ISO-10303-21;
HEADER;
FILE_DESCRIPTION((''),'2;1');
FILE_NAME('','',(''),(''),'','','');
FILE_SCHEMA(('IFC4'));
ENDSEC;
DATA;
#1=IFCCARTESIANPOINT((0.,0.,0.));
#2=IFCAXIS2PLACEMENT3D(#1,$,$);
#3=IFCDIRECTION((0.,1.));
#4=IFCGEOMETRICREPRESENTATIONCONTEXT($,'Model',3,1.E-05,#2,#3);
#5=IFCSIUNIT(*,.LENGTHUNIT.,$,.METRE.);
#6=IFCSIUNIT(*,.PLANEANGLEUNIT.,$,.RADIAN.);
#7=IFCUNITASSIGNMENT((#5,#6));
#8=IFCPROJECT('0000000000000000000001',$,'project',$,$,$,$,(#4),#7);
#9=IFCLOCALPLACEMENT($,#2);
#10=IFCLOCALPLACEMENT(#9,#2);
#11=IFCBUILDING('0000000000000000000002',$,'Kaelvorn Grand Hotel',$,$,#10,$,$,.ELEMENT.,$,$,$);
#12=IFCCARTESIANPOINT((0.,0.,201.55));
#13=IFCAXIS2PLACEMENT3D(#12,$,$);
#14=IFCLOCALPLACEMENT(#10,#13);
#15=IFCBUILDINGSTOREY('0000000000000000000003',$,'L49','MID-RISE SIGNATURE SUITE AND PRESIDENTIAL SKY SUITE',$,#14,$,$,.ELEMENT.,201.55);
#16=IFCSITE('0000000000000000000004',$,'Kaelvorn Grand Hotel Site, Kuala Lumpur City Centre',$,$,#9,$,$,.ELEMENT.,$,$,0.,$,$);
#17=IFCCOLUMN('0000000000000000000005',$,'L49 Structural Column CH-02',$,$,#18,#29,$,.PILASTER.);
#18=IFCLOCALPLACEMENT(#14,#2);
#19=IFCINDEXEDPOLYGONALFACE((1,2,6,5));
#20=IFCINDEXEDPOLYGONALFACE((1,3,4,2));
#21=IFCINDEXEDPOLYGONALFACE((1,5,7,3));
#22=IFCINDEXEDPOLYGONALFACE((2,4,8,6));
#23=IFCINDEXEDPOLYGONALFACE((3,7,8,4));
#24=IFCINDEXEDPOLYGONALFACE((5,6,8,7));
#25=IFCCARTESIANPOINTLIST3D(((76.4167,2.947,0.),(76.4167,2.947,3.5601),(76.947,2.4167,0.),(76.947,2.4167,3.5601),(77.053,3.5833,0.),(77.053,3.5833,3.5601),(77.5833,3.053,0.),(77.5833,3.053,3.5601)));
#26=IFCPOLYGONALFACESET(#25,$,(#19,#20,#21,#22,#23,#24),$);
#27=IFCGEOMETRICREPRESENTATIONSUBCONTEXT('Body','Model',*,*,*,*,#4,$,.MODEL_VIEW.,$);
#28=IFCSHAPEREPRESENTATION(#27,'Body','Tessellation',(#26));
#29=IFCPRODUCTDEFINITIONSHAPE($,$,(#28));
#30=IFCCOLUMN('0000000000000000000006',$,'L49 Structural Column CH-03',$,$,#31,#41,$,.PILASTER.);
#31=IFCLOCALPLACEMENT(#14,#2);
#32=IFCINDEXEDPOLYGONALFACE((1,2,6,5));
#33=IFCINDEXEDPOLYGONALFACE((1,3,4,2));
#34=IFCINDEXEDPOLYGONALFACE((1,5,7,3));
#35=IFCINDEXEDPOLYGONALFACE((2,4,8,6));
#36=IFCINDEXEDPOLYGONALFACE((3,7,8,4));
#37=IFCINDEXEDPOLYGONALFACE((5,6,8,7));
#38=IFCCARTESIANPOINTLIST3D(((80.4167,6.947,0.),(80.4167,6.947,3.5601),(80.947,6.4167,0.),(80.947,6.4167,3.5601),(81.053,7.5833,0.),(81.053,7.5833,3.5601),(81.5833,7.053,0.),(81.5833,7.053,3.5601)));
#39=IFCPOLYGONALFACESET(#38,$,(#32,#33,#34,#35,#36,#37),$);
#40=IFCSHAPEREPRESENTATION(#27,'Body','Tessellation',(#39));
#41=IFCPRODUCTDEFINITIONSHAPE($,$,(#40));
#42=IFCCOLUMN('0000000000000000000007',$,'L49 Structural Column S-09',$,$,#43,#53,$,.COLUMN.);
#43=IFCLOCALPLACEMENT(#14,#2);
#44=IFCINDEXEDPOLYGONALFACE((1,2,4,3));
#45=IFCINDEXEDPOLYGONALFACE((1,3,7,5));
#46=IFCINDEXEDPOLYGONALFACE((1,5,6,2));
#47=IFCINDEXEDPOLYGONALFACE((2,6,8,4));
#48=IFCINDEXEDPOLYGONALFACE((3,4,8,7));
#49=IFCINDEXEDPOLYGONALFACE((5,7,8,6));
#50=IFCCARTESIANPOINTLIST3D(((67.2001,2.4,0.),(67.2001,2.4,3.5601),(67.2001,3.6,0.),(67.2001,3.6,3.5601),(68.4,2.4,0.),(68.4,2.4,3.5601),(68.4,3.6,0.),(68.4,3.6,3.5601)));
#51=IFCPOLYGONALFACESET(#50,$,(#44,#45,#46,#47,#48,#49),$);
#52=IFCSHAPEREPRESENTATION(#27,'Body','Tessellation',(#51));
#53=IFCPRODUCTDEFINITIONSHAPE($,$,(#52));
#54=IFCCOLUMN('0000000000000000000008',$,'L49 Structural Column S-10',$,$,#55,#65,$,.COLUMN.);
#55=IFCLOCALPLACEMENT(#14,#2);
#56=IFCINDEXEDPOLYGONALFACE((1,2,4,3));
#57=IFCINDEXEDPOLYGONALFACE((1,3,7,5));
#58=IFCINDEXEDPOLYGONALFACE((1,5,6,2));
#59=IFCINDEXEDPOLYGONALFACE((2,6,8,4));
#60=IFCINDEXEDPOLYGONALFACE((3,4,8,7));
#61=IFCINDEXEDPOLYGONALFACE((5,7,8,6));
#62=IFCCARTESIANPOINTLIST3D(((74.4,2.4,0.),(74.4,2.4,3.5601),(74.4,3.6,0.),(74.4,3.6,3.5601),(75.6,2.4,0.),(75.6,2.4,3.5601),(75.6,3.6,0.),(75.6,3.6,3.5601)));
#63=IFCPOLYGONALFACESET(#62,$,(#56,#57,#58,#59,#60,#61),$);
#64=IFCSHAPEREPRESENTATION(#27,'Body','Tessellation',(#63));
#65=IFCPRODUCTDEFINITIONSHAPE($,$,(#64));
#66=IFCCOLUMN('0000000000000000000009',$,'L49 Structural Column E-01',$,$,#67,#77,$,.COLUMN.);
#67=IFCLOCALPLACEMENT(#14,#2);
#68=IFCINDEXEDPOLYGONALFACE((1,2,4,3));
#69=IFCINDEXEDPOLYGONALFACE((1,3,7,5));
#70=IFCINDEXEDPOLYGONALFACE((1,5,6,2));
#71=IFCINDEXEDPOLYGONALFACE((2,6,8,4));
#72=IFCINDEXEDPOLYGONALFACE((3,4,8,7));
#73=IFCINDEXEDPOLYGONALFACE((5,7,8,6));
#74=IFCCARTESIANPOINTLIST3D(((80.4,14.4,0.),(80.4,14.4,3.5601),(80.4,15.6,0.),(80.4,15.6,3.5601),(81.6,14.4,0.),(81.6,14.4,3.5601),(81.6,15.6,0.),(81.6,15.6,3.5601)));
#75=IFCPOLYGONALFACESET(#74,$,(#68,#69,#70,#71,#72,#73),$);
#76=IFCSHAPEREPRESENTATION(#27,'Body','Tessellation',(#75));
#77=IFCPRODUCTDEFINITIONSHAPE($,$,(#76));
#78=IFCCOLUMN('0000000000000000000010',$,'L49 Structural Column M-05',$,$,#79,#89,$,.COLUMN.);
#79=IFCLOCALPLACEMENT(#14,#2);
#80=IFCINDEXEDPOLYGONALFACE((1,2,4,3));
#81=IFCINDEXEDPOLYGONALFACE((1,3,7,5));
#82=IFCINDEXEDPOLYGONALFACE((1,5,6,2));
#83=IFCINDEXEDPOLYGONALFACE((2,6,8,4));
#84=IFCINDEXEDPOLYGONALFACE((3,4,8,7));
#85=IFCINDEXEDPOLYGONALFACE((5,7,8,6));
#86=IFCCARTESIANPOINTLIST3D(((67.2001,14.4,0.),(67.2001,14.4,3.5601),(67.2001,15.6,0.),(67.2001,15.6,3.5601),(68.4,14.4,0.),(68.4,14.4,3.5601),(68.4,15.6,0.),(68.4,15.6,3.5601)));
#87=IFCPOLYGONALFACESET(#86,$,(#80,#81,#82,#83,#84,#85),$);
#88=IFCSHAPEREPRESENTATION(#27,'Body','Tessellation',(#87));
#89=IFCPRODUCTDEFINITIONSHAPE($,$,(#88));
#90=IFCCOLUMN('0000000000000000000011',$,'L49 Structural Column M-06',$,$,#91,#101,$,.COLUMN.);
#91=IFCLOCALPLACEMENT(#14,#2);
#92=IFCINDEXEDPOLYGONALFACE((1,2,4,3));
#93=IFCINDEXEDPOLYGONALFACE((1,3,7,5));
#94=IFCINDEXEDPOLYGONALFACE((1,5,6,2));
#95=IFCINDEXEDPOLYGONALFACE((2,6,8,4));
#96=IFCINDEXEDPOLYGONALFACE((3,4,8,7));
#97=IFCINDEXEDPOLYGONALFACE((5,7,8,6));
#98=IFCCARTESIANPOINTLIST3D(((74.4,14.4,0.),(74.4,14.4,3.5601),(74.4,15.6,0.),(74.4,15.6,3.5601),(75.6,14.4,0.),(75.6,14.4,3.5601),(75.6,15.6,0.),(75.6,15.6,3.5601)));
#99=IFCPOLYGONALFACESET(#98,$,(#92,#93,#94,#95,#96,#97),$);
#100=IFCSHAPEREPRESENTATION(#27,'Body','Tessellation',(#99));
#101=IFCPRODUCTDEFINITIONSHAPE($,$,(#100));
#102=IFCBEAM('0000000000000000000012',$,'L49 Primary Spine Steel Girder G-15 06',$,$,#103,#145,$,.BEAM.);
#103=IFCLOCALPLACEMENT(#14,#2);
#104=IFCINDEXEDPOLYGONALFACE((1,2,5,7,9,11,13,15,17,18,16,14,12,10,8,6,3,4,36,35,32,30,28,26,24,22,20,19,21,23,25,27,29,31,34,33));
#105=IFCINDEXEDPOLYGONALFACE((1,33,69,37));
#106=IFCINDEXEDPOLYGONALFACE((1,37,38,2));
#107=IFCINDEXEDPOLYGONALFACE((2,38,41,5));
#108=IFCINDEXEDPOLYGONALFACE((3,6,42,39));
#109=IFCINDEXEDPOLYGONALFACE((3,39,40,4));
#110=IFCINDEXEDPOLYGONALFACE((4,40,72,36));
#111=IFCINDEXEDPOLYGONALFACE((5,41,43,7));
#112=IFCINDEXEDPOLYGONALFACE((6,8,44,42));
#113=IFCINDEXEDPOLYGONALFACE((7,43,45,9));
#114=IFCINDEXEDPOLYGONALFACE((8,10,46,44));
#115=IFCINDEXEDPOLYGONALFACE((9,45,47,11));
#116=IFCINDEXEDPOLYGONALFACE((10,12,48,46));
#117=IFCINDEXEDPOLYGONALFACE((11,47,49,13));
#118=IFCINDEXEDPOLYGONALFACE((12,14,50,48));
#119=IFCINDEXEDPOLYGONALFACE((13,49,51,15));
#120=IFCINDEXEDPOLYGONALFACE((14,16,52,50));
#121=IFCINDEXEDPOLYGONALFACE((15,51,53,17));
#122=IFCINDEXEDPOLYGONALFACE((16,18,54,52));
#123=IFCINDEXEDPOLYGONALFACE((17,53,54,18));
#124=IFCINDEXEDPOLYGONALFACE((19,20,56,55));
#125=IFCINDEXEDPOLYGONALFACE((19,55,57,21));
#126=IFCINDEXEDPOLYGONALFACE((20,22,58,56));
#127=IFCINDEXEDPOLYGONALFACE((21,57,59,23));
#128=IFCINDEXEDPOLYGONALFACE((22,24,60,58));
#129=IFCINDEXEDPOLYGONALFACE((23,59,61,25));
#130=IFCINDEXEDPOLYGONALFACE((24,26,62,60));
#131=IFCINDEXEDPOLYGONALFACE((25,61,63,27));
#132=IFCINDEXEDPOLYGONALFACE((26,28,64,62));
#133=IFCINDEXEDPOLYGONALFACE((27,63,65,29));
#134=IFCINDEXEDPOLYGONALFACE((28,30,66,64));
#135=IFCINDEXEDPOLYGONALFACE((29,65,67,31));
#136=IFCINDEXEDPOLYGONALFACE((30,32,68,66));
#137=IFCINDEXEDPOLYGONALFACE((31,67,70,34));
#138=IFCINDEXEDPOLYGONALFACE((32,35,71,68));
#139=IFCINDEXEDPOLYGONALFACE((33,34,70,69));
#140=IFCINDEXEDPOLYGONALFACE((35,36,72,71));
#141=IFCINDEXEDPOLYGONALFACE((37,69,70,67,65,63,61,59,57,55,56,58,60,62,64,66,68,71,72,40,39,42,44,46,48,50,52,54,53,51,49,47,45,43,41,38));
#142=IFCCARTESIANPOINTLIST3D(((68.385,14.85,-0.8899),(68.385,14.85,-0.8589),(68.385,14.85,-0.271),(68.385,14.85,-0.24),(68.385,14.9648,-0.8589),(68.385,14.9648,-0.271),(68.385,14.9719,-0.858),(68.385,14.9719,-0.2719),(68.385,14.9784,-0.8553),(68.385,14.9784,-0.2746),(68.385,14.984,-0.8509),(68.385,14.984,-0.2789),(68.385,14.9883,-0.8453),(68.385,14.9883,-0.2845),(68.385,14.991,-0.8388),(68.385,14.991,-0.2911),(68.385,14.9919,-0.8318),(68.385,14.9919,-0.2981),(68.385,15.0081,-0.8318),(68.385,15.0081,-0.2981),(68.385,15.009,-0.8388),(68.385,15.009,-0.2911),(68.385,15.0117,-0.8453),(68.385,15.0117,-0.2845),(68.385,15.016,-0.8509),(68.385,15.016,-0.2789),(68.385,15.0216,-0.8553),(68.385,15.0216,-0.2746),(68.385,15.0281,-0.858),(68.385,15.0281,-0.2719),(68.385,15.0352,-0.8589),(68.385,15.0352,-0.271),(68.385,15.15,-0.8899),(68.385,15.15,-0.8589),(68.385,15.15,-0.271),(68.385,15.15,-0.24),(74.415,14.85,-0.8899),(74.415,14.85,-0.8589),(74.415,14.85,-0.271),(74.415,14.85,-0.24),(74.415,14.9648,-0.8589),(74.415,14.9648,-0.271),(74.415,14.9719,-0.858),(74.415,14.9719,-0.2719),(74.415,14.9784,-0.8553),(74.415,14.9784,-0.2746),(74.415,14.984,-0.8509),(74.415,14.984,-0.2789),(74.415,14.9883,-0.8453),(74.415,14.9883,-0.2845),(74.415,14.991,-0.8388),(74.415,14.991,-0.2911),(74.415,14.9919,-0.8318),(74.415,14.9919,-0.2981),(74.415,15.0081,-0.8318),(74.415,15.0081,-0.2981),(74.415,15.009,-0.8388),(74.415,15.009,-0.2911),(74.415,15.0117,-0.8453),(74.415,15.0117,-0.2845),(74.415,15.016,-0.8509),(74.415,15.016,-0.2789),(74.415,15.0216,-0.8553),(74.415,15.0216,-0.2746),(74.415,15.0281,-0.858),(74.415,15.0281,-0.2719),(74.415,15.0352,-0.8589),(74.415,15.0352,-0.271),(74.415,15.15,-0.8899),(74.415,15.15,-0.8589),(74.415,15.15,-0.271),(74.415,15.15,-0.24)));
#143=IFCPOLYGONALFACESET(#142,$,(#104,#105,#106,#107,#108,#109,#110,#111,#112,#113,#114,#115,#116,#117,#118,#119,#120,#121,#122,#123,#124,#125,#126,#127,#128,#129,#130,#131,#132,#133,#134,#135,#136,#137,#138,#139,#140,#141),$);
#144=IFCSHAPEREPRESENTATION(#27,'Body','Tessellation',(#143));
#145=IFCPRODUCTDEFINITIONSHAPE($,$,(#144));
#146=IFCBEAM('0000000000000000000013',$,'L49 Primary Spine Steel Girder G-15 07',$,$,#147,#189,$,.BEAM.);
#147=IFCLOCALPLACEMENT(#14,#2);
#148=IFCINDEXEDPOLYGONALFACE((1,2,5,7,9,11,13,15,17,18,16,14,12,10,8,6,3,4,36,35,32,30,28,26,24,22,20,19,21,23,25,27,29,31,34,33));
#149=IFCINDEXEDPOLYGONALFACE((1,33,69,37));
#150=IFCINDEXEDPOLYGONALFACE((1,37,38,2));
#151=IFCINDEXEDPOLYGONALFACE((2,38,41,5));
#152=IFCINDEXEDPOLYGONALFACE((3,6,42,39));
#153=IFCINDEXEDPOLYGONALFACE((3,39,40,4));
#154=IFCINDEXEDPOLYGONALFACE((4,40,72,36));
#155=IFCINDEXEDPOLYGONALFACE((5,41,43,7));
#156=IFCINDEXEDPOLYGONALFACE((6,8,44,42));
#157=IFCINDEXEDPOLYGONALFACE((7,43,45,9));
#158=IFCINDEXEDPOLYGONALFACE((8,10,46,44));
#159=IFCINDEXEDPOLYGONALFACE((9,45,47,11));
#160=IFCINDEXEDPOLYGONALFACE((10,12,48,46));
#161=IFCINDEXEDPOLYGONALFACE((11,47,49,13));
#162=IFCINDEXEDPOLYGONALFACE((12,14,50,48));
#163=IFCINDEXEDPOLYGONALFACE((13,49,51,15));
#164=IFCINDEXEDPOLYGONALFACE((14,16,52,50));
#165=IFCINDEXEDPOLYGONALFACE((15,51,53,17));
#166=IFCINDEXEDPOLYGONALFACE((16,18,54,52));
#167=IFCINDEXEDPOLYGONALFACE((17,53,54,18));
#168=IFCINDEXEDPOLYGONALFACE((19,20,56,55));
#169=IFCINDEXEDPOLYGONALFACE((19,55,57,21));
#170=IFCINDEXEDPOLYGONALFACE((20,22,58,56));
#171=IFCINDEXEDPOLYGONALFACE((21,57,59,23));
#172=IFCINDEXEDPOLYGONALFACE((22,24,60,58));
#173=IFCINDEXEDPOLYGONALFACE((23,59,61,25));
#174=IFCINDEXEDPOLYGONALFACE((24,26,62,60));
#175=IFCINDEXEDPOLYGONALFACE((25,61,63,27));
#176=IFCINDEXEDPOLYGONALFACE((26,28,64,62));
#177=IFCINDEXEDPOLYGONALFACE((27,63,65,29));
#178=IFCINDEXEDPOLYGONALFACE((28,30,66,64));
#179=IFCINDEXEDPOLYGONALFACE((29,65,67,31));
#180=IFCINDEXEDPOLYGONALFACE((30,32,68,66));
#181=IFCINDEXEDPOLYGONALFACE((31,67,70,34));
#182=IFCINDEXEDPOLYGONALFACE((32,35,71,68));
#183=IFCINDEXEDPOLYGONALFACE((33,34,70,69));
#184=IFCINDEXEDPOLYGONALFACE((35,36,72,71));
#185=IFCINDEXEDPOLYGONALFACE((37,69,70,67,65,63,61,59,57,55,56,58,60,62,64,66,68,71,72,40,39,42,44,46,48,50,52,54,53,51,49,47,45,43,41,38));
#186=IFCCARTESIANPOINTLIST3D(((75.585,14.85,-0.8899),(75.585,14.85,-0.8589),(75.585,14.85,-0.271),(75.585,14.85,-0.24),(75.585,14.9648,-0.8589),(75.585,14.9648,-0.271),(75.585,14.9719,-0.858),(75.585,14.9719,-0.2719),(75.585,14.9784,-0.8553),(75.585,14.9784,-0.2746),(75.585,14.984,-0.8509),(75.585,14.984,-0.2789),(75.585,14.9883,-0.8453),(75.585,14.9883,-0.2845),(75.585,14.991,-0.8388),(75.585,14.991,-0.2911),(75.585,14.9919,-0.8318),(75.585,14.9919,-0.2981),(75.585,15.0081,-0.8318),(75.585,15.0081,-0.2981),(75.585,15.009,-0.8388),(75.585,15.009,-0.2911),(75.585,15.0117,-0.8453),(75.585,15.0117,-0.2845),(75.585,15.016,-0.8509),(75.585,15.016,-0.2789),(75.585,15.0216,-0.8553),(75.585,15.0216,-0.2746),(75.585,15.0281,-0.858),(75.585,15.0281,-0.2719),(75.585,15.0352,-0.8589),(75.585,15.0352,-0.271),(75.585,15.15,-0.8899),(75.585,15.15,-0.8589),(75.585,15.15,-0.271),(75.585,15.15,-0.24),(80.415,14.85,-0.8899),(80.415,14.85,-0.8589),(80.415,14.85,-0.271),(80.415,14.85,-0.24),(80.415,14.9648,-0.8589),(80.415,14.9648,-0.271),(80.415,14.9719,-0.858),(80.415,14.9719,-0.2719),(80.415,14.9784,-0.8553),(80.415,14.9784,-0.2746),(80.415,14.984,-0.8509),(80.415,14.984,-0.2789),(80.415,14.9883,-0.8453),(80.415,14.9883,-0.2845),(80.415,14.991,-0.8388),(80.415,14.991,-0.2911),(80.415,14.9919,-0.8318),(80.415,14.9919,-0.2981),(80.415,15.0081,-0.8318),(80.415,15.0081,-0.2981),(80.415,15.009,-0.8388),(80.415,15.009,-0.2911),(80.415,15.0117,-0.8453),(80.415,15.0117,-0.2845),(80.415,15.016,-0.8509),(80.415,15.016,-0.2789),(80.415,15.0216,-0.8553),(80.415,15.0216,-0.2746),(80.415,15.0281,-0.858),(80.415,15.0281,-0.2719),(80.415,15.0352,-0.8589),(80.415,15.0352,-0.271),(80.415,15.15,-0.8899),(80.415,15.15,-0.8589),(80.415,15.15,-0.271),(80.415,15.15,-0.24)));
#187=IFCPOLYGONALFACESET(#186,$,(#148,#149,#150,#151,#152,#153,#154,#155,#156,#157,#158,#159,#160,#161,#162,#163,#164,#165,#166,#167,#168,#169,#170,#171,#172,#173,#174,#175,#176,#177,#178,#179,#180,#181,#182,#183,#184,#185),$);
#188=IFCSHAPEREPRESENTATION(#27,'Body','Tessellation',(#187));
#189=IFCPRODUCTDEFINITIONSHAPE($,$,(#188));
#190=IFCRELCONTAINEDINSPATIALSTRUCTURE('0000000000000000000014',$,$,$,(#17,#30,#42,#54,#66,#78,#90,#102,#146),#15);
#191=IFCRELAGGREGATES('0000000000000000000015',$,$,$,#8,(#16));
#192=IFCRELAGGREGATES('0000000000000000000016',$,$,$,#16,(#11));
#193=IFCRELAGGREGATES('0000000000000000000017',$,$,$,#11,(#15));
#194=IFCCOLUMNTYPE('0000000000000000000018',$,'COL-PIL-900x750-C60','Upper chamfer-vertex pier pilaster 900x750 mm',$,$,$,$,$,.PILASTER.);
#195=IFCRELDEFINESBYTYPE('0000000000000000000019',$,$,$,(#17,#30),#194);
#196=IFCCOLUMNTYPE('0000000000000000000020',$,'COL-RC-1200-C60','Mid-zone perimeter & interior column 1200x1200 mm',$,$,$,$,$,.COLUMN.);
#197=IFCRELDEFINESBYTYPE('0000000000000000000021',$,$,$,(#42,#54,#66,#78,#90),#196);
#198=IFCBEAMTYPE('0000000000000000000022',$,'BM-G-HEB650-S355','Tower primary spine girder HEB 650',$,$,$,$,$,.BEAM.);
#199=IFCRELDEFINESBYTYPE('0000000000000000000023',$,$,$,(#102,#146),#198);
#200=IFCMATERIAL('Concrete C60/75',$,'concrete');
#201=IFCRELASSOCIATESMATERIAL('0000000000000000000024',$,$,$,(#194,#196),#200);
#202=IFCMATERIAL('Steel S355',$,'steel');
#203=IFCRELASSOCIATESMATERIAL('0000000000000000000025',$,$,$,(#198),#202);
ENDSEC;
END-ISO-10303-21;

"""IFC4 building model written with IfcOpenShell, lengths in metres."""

from ifc_helpers import new_model, si_unit, direction, frame, origin, origin_2d, place, context, subcontext, project, spatial, rectangle, i_section, extrude, material, material_profile, profile_set, type_object, element, save


model = new_model("IFC4")

# Units and contexts
model_context = context("Model", 3, precision=1e-05, world=origin(), true_north=direction((0.0, 1.0)))
body_context = subcontext(model_context, "Body", "Model", "MODEL_VIEW")
ifc_project = project(units=[si_unit("LENGTHUNIT", "METRE"), si_unit("PLANEANGLEUNIT", "RADIAN")], contexts=[model_context])

# Site, building, storey
site_placement = place(None, origin())
site = spatial("IfcSite", under=ifc_project, at=site_placement, Name="Kaelvorn Grand Hotel Site, Kuala Lumpur City Centre", CompositionType="ELEMENT", RefElevation=0.0)
building_placement = place(site_placement, origin())
building = spatial("IfcBuilding", under=site, at=building_placement, Name="Kaelvorn Grand Hotel", CompositionType="ELEMENT")
storey_placement = place(building_placement, frame((0.0, 0.0, 201.55)))
storey = spatial("IfcBuildingStorey", under=building, at=storey_placement, Name="L49", Description="MID-RISE SIGNATURE SUITE AND PRESIDENTIAL SKY SUITE", CompositionType="ELEMENT", Elevation=201.55)

# Columns
ifc_material_1 = material(Name="Concrete C60/75", Category="concrete")
ifc_material_profile_1 = material_profile(ifc_material_1, rectangle(XDim=0.8999, YDim=0.75, at=origin_2d()), Name="RC PILASTER 900x750")
ifc_profile_set_1 = profile_set([ifc_material_profile_1], Name="Concrete C60/75")
column_type_1 = type_object("IfcColumnType", Name="COL-PIL-900x750-C60", Description="Upper chamfer-vertex pier pilaster 900x750 mm", PredefinedType="PILASTER", material=ifc_profile_set_1)
for number, where, z_axis, x_axis, name in (
    (1, (77.0, 3.0, 0.0), (0.0, 0.0, 1.0), (0.707107, 0.707107, 0.0), "L49 Structural Column CH-02"),
    (2, (81.0, 7.0, 0.0), (0.0, 0.0, 1.0), (0.707107, 0.707107, 0.0), "L49 Structural Column CH-03"),
):
    element("IfcColumn", number, at=place(storey_placement, frame(where, z_axis=z_axis, x_axis=x_axis)), inside=storey, type_object=column_type_1, Name=name, PredefinedType="PILASTER", context=body_context, shape_type="SweptSolid", body=[
        extrude(rectangle(XDim=0.8999, YDim=0.75, at=origin_2d()), origin(), (0.0, 0.0, 1.0), 3.5601),
    ])
ifc_material_profile_2 = material_profile(ifc_material_1, rectangle(XDim=1.2, YDim=1.2, at=origin_2d()), Name="RC COL 1200x1200")
ifc_profile_set_2 = profile_set([ifc_material_profile_2], Name="Concrete C60/75")
column_type_2 = type_object("IfcColumnType", Name="COL-RC-1200-C60", Description="Mid-zone perimeter & interior column 1200x1200 mm", PredefinedType="COLUMN", material=ifc_profile_set_2)
for number, where, z_axis, x_axis, name in (
    (3, (67.8, 3.0, 0.0), (0.0, 0.0, 1.0), (1.0, 0.0, 0.0), "L49 Structural Column S-09"),
    (4, (75.0, 3.0, 0.0), (0.0, 0.0, 1.0), (1.0, 0.0, 0.0), "L49 Structural Column S-10"),
    (5, (81.0, 15.0, 0.0), (0.0, 0.0, 1.0), (1.0, 0.0, 0.0), "L49 Structural Column E-01"),
    (6, (67.8, 15.0, 0.0), (0.0, 0.0, 1.0), (1.0, 0.0, 0.0), "L49 Structural Column M-05"),
    (7, (75.0, 15.0, 0.0), (0.0, 0.0, 1.0), (1.0, 0.0, 0.0), "L49 Structural Column M-06"),
):
    element("IfcColumn", number, at=place(storey_placement, frame(where, z_axis=z_axis, x_axis=x_axis)), inside=storey, type_object=column_type_2, Name=name, PredefinedType="COLUMN", context=body_context, shape_type="SweptSolid", body=[
        extrude(rectangle(XDim=1.2, YDim=1.2, at=origin_2d()), origin(), (0.0, 0.0, 1.0), 3.5601),
    ])

# Beams
ifc_material_2 = material(Name="Steel S355", Category="steel")
ifc_material_profile_3 = material_profile(ifc_material_2, i_section(OverallWidth=0.3, OverallDepth=0.6499, WebThickness=0.0161, FlangeThickness=0.031, FilletRadius=0.0271, at=origin_2d()), Name="HEB 650")
ifc_profile_set_3 = profile_set([ifc_material_profile_3], Name="Steel S355")
beam_type_1 = type_object("IfcBeamType", Name="BM-G-HEB650-S355", Description="Tower primary spine girder HEB 650", PredefinedType="BEAM", material=ifc_profile_set_3)
beam_1_placement = place(storey_placement, frame((68.385, 15.0, -0.5649), z_axis=(1.0, 0.0, 0.0), x_axis=(0.0, 1.0, 0.0)))
element("IfcBeam", 8, at=beam_1_placement, inside=storey, type_object=beam_type_1, Name="L49 Primary Spine Steel Girder G-15 06", PredefinedType="BEAM", context=body_context, shape_type="SweptSolid", body=[
    extrude(i_section(OverallWidth=0.3, OverallDepth=0.6499, WebThickness=0.0161, FlangeThickness=0.031, FilletRadius=0.0271, at=origin_2d()), origin(), (0.0, 0.0, 1.0), 6.03),
])
beam_2_placement = place(storey_placement, frame((75.585, 15.0, -0.5649), z_axis=(1.0, 0.0, 0.0), x_axis=(0.0, 1.0, 0.0)))
element("IfcBeam", 9, at=beam_2_placement, inside=storey, type_object=beam_type_1, Name="L49 Primary Spine Steel Girder G-15 07", PredefinedType="BEAM", context=body_context, shape_type="SweptSolid", body=[
    extrude(i_section(OverallWidth=0.3, OverallDepth=0.6499, WebThickness=0.0161, FlangeThickness=0.031, FilletRadius=0.0271, at=origin_2d()), origin(), (0.0, 0.0, 1.0), 4.8301),
])

save(model, "model.ifc")
